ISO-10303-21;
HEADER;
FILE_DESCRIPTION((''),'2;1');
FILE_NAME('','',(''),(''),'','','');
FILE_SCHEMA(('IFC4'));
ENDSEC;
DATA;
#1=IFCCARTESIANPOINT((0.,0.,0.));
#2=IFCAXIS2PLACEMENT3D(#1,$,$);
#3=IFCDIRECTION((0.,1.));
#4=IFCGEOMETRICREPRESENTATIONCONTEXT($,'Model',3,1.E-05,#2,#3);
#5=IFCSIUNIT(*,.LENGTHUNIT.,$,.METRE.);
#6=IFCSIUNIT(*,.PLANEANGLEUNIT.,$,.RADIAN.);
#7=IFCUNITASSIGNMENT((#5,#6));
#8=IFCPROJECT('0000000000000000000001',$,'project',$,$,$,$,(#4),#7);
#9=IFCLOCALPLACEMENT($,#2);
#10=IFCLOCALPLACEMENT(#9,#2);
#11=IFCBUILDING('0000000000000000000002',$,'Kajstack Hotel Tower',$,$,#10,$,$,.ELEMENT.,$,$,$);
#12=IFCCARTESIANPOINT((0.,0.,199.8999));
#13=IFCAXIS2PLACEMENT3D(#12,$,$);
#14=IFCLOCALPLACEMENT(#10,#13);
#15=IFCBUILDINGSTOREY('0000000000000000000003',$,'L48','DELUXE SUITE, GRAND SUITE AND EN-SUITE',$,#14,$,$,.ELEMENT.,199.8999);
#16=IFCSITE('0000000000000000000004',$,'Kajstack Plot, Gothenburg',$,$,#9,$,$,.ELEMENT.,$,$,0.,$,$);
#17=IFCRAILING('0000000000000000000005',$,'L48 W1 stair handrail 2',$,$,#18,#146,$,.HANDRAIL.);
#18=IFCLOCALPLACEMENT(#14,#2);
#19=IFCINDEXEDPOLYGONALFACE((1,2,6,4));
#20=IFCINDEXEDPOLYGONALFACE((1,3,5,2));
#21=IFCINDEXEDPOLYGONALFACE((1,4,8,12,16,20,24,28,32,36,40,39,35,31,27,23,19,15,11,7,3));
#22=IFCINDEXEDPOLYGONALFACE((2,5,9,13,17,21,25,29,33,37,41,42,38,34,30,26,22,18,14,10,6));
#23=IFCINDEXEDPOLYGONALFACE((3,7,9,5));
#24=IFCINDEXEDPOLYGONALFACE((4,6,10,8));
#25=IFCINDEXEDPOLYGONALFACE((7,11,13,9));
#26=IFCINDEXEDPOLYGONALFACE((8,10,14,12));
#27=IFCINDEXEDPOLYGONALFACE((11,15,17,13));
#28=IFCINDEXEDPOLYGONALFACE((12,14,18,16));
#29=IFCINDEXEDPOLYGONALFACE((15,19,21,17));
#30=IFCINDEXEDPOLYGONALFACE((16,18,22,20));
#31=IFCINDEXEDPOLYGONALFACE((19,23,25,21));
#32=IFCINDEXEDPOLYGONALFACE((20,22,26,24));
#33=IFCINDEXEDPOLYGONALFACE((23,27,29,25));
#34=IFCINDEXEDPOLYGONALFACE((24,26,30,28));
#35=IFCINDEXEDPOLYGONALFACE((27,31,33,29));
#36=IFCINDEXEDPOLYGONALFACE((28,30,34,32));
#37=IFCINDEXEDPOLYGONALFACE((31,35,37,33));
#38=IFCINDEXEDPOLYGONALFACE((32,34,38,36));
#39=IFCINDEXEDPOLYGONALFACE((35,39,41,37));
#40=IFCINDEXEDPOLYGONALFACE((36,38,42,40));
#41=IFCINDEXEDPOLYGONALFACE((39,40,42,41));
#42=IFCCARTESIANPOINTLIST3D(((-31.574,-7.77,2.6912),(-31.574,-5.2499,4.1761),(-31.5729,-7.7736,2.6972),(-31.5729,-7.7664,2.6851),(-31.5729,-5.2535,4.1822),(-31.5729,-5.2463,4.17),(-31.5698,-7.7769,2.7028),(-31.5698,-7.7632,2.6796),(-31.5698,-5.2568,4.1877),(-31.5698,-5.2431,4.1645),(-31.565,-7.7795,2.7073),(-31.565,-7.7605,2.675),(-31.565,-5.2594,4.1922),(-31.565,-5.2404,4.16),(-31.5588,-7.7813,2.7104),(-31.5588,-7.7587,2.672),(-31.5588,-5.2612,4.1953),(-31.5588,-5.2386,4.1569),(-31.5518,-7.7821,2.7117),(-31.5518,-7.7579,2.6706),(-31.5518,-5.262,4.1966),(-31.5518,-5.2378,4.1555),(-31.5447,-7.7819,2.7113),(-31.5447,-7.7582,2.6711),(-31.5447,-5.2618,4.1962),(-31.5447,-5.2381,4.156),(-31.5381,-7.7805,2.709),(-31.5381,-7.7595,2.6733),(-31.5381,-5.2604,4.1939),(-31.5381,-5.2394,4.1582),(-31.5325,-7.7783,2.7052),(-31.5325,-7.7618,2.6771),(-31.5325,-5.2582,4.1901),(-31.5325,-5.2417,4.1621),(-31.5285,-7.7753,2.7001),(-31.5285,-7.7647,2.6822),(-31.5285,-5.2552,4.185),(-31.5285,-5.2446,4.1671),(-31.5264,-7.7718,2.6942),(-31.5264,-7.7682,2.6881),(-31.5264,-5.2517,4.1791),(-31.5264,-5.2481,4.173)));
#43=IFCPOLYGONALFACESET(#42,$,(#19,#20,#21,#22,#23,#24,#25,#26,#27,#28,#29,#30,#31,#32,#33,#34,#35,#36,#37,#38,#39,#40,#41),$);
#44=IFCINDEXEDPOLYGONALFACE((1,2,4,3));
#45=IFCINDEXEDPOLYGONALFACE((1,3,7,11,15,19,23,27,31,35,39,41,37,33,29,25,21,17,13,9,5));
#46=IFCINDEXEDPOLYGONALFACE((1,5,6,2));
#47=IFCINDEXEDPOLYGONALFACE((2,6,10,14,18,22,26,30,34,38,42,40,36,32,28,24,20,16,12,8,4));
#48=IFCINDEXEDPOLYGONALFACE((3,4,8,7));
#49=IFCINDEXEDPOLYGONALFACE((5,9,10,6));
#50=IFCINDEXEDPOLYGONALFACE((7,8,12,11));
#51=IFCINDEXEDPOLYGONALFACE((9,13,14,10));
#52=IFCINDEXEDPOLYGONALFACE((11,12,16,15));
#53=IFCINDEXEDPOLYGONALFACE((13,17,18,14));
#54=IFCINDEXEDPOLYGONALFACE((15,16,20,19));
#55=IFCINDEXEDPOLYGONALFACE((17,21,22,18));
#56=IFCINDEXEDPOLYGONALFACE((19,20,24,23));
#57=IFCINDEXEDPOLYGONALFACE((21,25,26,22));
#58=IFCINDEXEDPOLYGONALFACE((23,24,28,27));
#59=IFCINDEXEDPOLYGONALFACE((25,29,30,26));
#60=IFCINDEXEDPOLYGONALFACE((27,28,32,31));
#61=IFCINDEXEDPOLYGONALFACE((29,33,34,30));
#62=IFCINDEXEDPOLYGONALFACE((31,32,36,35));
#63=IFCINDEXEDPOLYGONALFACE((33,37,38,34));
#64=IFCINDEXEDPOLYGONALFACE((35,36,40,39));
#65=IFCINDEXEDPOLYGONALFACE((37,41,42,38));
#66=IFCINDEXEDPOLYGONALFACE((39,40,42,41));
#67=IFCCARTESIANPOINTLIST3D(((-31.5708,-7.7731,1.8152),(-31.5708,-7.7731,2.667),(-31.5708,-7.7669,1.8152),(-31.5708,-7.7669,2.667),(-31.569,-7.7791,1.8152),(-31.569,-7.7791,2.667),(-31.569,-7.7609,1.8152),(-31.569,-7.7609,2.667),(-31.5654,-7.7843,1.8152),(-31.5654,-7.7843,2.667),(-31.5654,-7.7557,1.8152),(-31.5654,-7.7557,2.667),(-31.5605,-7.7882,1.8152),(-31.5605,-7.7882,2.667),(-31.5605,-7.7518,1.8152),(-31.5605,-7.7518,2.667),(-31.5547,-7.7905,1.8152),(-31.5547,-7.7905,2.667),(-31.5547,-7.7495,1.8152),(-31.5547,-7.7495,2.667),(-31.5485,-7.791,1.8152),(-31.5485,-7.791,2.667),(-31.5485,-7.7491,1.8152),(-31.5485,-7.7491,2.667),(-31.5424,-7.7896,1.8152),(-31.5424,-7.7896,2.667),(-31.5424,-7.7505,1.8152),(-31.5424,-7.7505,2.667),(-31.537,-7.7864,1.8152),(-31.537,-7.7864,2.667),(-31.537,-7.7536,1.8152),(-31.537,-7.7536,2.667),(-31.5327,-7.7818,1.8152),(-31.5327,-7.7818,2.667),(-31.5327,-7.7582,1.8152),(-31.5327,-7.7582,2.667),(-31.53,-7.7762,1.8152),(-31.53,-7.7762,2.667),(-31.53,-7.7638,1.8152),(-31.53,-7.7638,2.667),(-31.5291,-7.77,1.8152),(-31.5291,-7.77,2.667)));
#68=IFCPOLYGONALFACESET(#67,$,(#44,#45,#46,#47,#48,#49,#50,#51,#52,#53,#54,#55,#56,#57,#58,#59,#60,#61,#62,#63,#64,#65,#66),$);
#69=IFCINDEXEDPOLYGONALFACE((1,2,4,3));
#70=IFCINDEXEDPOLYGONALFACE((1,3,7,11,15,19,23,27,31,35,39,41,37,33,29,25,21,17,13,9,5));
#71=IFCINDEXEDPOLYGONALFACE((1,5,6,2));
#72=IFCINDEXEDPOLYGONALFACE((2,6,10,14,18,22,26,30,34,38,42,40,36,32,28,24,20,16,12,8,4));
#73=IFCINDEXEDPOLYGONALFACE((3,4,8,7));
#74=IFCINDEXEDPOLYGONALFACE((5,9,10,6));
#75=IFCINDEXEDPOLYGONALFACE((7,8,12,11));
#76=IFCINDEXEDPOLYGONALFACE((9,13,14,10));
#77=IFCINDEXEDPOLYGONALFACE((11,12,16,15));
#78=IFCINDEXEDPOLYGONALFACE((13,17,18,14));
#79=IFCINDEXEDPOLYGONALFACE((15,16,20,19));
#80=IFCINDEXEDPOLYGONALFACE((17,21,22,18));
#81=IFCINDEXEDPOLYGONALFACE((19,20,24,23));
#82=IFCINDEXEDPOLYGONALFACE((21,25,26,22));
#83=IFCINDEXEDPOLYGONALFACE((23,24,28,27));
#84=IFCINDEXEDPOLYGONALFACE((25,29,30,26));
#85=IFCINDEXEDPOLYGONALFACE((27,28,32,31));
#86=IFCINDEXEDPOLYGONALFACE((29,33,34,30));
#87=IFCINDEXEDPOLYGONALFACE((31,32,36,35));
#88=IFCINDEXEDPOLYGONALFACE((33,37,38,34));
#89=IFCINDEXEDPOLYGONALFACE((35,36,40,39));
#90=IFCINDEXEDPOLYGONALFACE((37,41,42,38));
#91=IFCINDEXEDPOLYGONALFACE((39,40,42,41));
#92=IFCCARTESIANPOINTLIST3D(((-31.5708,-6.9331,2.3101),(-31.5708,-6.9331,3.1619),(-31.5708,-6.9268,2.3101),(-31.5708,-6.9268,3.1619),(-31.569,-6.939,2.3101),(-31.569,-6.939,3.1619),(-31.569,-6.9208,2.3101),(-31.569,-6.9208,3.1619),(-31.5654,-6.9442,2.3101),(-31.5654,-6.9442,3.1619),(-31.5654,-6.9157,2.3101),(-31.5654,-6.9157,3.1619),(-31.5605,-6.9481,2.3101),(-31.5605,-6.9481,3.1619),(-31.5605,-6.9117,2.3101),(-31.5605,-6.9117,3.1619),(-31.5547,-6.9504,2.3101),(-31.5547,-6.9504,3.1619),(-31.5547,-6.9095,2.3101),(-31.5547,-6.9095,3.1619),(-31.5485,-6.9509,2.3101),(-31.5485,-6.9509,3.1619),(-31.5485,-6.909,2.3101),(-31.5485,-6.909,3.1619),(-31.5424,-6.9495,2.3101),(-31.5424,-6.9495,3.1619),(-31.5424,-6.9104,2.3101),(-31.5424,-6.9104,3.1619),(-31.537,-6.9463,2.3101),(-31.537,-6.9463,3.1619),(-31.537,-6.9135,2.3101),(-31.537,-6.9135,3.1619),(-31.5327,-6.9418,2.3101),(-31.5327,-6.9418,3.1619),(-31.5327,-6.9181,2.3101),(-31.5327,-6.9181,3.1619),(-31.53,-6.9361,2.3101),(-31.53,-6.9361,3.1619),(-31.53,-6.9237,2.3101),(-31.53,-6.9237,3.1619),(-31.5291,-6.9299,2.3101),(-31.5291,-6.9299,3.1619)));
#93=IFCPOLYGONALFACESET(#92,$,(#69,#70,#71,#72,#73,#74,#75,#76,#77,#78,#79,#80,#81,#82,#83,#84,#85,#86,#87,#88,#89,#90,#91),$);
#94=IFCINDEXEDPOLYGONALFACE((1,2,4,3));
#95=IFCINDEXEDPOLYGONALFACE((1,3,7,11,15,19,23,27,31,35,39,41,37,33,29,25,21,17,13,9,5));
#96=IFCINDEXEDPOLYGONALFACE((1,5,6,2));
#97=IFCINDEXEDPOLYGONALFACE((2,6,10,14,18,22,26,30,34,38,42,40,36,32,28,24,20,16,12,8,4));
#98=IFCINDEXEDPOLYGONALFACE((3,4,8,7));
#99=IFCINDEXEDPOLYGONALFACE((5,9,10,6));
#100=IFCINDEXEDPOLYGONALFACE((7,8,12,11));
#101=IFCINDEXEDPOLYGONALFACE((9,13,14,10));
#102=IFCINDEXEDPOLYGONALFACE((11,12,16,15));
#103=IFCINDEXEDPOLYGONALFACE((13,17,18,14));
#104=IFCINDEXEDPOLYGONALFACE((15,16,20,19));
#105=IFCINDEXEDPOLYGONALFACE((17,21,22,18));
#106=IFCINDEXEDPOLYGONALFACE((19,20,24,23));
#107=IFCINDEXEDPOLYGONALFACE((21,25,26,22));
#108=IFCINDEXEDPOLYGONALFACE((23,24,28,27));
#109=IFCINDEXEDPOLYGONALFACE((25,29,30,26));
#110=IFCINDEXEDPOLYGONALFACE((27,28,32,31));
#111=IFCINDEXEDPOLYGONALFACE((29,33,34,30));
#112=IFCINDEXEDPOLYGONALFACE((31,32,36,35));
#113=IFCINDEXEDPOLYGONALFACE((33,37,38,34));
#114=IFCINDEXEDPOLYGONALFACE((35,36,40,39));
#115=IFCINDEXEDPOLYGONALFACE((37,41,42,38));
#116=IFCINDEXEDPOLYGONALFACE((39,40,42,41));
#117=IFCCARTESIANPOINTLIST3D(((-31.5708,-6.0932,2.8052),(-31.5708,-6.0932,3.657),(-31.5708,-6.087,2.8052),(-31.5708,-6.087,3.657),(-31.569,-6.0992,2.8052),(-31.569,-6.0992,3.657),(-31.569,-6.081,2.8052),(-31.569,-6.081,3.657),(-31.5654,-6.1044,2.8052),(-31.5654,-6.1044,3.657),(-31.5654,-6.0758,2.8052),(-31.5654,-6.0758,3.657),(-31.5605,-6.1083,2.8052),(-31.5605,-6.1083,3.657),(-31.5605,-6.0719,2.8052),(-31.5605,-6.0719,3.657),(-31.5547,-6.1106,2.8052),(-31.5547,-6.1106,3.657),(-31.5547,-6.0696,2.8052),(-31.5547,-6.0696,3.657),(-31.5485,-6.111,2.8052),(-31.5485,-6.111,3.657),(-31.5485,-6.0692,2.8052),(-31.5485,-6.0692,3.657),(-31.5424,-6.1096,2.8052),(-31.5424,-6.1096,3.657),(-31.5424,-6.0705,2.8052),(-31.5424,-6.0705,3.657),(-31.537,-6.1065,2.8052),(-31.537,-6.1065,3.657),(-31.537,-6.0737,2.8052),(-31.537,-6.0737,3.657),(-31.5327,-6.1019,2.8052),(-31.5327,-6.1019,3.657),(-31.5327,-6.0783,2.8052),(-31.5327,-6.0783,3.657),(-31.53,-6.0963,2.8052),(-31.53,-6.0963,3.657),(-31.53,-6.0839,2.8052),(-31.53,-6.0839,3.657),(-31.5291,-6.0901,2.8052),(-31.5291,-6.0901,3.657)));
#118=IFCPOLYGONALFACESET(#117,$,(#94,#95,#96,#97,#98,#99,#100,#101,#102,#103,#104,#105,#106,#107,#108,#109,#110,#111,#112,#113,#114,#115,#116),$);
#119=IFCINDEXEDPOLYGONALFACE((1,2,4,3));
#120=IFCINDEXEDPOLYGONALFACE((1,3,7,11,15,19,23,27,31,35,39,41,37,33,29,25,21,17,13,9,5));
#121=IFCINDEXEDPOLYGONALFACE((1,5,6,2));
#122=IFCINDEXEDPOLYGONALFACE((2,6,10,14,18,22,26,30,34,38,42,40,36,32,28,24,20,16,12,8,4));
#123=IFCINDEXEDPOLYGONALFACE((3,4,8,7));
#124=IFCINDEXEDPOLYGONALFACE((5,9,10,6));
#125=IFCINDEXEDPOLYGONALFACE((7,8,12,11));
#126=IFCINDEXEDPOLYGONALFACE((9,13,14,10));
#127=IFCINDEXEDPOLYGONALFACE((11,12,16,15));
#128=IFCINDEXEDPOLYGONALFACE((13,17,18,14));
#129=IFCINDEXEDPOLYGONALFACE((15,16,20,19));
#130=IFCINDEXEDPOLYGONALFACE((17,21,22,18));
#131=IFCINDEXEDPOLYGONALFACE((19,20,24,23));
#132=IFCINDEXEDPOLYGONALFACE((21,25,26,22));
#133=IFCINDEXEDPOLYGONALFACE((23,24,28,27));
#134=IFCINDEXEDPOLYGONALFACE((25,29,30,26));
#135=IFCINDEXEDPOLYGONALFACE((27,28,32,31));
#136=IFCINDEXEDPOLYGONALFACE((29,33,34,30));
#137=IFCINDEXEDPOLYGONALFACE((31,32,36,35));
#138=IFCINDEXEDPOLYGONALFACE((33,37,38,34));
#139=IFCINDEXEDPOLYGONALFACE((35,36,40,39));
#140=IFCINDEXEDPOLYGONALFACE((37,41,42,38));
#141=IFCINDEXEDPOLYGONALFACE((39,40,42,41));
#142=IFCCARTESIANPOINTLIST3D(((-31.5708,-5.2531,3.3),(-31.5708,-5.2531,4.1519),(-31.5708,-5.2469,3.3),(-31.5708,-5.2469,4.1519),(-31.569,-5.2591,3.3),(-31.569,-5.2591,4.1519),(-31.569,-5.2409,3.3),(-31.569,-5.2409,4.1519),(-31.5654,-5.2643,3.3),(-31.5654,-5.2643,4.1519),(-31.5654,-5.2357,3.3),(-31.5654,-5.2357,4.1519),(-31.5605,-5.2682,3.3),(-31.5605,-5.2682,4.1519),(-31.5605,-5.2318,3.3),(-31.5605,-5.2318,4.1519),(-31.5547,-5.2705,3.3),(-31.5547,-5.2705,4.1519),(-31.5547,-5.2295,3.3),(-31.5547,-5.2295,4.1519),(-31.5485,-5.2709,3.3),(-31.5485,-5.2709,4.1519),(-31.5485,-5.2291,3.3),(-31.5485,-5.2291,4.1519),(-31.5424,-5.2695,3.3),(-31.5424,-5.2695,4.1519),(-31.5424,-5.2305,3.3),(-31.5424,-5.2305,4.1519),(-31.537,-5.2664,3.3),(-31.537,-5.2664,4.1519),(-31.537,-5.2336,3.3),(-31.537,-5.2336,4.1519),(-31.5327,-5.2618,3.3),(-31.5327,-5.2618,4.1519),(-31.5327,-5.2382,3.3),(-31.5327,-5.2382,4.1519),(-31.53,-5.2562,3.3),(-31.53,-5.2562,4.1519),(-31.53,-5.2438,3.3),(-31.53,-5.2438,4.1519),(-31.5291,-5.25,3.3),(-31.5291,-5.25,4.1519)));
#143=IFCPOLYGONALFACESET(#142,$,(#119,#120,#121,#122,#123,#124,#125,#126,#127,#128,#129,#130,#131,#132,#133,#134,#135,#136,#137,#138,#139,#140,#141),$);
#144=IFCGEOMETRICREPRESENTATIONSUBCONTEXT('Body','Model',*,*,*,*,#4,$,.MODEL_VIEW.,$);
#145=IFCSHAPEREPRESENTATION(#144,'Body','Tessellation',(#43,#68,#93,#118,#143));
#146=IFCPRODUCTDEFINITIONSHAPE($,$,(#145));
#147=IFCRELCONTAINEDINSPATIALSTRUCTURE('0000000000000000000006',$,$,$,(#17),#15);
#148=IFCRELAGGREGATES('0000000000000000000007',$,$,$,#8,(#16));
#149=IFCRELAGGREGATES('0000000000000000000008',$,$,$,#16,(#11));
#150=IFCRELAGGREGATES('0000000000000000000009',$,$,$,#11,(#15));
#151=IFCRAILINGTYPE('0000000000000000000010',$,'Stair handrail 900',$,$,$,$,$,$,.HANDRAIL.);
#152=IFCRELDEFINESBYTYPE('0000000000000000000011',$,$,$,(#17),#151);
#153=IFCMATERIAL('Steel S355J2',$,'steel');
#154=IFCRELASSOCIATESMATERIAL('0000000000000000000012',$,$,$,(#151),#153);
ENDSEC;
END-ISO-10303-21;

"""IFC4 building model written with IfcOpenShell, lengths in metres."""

from ifc_helpers import new_model, si_unit, direction, frame, origin, origin_2d, place, context, subcontext, project, spatial, circle, extrude, material, type_object, element, save


model = new_model("IFC4")

# Units and contexts
model_context = context("Model", 3, precision=1e-05, world=origin(), true_north=direction((0.0, 1.0)))
body_context = subcontext(model_context, "Body", "Model", "MODEL_VIEW")
ifc_project = project(units=[si_unit("LENGTHUNIT", "METRE"), si_unit("PLANEANGLEUNIT", "RADIAN")], contexts=[model_context])

# Site, building, storey
site_placement = place(None, origin())
site = spatial("IfcSite", under=ifc_project, at=site_placement, Name="Kajstack Plot, Gothenburg", CompositionType="ELEMENT", RefElevation=0.0)
building_placement = place(site_placement, origin())
building = spatial("IfcBuilding", under=site, at=building_placement, Name="Kajstack Hotel Tower", CompositionType="ELEMENT")
storey_placement = place(building_placement, frame((0.0, 0.0, 199.8999)))
storey = spatial("IfcBuildingStorey", under=building, at=storey_placement, Name="L48", Description="DELUXE SUITE, GRAND SUITE AND EN-SUITE", CompositionType="ELEMENT", Elevation=199.8999)

# Railing
ifc_material_1 = material(Name="Steel S355J2", Category="steel")
railing_type = type_object("IfcRailingType", Name="Stair handrail 900", PredefinedType="HANDRAIL", material=ifc_material_1)
railing_1_placement = place(storey_placement, frame((-31.55, -7.77, 1.8152)))
element("IfcRailing", 1, at=railing_1_placement, inside=storey, type_object=railing_type, Name="L48 W1 stair handrail 2", PredefinedType="HANDRAIL", context=body_context, shape_type="SweptSolid", body=[
    extrude(circle(Radius=0.0239, at=origin_2d()), frame((0.0, 0.0, 0.876), z_axis=(0.0, 0.861561, 0.507655), x_axis=(-1.0, 0.0, 0.0)), (0.0, 0.0, 1.0), 2.925),
    extrude(circle(Radius=0.021, at=origin_2d()), origin(), (0.0, 0.0, 1.0), 0.8518),
    extrude(circle(Radius=0.021, at=origin_2d()), frame((0.0, 0.8401, 0.4949)), (0.0, 0.0, 1.0), 0.8518),
    extrude(circle(Radius=0.021, at=origin_2d()), frame((0.0, 1.6799, 0.99)), (0.0, 0.0, 1.0), 0.8518),
    extrude(circle(Radius=0.021, at=origin_2d()), frame((0.0, 2.52, 1.4849)), (0.0, 0.0, 1.0), 0.8518),
])

save(model, "model.ifc")
